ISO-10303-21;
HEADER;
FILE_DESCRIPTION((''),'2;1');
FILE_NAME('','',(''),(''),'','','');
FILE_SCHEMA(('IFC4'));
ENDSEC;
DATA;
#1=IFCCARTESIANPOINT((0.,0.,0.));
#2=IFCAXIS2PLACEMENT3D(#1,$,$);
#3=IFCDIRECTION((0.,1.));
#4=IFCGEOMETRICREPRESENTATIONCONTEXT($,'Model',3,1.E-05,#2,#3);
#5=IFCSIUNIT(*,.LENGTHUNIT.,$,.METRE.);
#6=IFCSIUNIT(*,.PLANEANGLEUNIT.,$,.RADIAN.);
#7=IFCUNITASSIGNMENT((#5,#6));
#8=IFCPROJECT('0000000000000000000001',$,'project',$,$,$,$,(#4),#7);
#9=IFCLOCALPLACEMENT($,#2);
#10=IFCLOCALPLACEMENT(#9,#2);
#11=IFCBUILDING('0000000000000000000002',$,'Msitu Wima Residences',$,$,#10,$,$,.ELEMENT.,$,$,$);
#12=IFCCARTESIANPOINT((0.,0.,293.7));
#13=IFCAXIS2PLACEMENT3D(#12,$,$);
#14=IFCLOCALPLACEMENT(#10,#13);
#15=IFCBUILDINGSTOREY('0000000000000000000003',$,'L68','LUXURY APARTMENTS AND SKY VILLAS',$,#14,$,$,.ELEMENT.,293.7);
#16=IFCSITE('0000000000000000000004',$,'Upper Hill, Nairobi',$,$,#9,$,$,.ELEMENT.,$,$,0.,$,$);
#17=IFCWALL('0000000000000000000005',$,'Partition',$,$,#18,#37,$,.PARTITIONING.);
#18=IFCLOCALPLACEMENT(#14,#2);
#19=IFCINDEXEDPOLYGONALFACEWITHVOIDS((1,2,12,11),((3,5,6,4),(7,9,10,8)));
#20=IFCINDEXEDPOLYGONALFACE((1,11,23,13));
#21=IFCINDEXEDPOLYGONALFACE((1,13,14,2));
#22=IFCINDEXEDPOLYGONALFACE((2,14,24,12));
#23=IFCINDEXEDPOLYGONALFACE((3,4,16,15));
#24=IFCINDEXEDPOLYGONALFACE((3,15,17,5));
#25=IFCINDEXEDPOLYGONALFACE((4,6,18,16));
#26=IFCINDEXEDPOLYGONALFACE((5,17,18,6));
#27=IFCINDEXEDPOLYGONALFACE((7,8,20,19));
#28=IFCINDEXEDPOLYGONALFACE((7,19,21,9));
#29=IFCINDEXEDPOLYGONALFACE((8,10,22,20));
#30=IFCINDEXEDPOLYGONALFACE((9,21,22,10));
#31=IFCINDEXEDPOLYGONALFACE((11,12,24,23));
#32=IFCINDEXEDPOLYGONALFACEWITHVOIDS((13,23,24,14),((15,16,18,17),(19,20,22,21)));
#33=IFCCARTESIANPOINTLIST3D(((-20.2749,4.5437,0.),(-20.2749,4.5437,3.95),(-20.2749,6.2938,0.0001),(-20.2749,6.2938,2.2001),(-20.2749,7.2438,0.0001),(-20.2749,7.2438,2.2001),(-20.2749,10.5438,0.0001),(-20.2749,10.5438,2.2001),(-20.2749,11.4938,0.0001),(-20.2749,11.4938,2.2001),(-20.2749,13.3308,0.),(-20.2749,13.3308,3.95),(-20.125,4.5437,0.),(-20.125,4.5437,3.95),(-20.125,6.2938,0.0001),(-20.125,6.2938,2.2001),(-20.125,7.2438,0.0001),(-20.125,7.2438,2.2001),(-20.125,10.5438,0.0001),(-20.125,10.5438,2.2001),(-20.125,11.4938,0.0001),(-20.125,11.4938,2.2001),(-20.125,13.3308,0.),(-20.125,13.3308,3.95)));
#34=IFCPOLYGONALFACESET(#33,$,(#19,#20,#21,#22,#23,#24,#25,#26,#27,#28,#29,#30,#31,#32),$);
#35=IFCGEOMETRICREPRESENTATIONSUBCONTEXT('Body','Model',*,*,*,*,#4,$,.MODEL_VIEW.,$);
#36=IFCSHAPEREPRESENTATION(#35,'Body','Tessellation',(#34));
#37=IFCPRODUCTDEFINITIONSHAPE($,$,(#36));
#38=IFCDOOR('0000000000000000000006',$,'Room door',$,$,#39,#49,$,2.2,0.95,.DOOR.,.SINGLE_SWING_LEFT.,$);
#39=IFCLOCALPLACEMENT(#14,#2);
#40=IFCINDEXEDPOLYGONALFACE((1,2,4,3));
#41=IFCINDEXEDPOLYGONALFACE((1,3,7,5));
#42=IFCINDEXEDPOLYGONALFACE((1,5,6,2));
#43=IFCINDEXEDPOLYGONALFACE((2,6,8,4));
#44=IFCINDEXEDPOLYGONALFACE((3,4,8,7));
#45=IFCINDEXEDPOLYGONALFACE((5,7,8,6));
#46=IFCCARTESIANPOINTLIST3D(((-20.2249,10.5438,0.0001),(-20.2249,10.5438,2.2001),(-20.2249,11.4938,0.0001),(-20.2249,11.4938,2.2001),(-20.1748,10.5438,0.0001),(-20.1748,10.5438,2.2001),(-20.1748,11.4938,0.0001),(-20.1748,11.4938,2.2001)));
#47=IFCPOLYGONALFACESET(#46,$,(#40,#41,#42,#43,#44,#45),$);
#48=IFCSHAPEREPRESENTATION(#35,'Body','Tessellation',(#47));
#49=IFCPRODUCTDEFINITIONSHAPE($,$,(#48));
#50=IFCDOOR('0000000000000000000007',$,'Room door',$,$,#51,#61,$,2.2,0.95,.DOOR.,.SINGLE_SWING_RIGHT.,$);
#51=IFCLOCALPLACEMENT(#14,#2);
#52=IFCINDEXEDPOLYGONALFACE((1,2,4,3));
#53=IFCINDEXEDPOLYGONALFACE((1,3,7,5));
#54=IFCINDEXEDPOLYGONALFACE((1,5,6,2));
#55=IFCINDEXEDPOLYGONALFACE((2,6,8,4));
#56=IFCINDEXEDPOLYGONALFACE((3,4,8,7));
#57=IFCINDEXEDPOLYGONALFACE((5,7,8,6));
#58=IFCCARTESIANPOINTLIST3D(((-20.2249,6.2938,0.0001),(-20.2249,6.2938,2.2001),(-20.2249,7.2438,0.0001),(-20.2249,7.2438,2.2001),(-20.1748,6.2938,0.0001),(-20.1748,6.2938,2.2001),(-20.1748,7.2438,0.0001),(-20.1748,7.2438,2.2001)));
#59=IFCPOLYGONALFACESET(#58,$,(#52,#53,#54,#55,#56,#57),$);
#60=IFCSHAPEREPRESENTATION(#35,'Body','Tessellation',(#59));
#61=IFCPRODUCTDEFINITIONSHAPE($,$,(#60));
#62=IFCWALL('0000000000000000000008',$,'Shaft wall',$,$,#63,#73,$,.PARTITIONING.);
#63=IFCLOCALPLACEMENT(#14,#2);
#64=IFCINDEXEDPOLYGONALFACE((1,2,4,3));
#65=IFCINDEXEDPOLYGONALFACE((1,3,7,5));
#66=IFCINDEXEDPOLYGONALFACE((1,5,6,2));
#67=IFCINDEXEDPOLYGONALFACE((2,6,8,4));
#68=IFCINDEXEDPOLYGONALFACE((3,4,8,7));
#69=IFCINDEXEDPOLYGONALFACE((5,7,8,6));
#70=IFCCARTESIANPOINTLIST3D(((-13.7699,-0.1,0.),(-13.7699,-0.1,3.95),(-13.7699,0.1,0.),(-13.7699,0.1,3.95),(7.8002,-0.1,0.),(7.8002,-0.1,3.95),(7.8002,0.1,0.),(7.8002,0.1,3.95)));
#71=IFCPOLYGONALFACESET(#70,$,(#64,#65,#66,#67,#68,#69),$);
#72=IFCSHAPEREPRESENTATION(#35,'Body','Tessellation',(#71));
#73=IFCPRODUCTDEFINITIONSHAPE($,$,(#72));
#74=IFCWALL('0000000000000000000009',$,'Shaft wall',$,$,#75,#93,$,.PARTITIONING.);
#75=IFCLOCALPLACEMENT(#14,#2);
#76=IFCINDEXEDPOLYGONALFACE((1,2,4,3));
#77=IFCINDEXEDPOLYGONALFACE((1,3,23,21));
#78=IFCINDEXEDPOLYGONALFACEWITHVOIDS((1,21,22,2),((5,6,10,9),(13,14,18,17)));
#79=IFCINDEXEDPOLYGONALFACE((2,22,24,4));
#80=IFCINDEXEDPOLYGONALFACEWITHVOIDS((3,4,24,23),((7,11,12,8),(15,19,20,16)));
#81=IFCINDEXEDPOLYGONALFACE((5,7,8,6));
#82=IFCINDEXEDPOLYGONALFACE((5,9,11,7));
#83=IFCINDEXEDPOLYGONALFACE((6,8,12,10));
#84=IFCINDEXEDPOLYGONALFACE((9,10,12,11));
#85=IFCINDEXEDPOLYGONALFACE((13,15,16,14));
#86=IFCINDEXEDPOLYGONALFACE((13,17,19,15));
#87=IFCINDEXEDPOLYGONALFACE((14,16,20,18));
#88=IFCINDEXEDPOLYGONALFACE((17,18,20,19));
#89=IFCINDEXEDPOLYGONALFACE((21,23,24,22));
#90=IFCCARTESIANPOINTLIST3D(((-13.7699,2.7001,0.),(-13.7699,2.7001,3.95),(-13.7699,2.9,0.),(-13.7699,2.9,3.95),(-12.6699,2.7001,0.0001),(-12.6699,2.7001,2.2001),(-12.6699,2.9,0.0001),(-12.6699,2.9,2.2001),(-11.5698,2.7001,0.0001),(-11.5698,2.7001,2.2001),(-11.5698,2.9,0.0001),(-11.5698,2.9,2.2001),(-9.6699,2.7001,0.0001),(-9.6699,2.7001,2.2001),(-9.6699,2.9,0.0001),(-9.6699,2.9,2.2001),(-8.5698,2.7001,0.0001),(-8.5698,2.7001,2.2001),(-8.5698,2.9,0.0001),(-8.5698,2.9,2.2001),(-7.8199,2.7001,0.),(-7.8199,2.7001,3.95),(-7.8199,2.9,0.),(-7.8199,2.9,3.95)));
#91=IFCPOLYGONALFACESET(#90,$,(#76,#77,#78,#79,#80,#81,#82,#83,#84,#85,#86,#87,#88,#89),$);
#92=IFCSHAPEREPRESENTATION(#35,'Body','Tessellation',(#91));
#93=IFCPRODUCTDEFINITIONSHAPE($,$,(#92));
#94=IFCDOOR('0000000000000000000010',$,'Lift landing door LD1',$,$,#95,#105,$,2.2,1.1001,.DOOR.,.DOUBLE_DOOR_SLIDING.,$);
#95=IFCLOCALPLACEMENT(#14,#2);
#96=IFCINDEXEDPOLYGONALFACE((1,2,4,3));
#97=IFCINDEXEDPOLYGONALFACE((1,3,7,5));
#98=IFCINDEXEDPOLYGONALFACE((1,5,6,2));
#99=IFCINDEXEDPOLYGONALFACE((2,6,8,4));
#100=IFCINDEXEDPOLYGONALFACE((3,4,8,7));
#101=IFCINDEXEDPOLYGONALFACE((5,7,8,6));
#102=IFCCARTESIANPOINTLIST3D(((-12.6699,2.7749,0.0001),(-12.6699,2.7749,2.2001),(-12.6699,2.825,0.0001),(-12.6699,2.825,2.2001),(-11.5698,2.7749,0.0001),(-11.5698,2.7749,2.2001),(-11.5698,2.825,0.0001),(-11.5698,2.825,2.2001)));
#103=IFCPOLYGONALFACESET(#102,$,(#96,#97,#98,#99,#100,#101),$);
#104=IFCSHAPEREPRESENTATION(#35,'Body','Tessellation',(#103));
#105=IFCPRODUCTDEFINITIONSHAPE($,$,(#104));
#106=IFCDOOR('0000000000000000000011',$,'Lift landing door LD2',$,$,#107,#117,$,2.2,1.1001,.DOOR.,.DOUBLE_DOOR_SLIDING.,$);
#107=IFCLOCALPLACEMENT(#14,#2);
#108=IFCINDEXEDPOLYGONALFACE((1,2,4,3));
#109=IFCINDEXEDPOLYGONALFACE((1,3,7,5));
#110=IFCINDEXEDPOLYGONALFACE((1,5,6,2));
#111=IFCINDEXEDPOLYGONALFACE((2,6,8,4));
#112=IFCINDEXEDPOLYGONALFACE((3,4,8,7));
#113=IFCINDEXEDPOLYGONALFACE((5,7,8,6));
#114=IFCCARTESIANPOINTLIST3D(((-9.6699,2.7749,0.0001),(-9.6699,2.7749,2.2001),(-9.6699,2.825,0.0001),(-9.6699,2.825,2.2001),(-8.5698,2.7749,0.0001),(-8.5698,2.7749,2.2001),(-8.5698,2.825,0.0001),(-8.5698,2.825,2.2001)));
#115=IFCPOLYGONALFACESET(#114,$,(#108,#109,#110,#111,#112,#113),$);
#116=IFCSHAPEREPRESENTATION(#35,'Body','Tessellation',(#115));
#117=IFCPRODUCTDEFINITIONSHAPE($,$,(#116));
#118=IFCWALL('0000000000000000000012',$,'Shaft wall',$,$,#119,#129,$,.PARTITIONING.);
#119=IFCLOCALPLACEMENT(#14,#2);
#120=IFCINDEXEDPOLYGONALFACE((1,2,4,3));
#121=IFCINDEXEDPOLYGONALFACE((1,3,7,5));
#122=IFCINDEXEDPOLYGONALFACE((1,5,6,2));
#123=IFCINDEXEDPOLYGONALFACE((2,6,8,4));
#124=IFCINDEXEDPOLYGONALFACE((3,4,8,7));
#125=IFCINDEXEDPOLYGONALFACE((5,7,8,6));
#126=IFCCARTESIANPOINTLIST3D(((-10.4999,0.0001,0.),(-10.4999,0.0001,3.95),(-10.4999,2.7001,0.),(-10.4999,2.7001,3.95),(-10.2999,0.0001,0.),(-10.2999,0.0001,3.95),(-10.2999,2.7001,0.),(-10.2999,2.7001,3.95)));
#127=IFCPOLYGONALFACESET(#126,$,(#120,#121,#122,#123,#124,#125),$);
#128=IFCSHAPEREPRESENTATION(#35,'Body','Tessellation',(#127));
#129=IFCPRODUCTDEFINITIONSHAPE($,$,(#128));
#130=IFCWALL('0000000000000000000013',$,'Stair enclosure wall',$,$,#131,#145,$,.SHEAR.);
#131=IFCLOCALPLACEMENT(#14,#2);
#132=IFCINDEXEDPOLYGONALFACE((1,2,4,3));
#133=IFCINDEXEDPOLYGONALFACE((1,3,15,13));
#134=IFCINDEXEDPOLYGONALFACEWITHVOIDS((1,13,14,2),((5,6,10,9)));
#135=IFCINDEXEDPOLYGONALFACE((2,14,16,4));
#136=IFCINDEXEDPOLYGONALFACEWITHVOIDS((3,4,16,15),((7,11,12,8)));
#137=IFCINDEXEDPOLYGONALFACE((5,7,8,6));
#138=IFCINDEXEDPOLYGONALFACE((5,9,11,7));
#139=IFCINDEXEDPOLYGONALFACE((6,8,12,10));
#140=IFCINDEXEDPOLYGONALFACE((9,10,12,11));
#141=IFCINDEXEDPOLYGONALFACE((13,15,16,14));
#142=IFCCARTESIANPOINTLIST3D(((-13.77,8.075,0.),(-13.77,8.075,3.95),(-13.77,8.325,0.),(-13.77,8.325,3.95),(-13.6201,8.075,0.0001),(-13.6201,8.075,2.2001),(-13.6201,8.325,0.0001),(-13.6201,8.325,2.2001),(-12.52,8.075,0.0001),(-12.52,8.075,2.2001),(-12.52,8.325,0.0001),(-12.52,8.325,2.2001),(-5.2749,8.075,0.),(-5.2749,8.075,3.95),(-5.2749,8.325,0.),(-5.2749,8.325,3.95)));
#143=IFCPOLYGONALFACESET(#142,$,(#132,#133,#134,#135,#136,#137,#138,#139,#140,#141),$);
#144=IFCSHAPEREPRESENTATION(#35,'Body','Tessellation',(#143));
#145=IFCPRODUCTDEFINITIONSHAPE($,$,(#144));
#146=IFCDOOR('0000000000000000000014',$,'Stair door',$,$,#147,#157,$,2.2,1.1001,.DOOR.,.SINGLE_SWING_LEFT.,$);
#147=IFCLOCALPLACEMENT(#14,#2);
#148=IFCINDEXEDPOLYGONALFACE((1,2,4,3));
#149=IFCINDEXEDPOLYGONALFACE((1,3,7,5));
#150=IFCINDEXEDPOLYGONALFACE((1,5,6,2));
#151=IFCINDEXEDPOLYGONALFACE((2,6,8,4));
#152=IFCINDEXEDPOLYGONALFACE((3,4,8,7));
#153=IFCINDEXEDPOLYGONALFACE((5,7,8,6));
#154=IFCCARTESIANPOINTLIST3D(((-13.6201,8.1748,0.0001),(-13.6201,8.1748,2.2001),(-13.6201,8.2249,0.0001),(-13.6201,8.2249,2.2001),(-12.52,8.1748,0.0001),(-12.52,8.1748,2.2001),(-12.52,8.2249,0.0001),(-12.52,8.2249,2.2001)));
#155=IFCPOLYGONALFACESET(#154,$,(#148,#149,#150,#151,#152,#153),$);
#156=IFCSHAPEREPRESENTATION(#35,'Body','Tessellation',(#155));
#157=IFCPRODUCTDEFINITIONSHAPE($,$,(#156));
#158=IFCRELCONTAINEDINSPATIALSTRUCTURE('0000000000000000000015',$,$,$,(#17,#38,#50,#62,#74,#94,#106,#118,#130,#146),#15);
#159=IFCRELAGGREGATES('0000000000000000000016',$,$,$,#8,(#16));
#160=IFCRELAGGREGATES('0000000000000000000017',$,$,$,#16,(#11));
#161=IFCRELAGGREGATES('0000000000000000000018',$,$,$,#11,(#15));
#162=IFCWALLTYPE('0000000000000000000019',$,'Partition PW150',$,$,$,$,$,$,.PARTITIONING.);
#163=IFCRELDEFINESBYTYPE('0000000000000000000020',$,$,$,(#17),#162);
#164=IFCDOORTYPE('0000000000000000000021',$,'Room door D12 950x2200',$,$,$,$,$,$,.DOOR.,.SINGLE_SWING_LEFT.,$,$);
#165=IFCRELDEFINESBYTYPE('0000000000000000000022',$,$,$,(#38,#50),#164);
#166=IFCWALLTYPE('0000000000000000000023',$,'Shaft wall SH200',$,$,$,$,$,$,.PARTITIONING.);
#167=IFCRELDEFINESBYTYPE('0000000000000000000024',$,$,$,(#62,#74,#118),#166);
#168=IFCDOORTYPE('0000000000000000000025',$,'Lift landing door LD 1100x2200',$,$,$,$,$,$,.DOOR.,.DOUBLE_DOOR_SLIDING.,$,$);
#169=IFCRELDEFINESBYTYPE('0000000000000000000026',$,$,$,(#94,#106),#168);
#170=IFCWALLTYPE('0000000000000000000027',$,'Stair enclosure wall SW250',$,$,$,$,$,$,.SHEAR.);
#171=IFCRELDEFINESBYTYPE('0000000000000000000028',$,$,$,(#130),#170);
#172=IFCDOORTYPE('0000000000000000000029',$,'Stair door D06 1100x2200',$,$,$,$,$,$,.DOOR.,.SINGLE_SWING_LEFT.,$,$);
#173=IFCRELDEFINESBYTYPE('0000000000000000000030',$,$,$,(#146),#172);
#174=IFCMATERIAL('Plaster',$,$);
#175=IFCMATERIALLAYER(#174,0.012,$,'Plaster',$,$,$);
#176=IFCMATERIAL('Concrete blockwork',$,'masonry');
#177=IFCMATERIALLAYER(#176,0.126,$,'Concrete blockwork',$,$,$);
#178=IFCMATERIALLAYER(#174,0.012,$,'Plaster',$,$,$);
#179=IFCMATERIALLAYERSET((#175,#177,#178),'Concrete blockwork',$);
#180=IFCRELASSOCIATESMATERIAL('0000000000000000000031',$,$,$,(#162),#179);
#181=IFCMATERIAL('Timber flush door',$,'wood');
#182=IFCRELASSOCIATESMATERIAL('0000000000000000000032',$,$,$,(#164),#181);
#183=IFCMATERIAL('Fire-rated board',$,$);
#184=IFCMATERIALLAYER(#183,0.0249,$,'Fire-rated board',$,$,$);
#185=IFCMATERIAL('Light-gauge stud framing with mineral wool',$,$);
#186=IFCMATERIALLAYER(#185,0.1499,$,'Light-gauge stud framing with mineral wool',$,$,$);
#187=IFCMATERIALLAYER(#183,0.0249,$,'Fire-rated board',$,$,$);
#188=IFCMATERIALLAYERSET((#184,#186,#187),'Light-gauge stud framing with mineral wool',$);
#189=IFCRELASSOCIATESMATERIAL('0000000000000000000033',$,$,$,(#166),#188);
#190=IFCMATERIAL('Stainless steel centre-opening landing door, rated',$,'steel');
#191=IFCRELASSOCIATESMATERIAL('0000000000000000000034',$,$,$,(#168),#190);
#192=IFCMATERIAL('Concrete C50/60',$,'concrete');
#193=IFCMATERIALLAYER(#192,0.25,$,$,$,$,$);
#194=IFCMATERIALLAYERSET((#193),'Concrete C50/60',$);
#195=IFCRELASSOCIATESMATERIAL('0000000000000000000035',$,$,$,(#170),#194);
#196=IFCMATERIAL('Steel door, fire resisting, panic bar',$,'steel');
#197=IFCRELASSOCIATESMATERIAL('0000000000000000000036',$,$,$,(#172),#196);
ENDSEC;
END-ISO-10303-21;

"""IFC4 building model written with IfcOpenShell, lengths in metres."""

from ifc_helpers import new_model, si_unit, direction, frame, frame_2d, origin, place, context, subcontext, project, spatial, rectangle, extrude, material, layer, layer_set, type_object, element, fill, save


model = new_model("IFC4")

# Units and contexts
model_context = context("Model", 3, precision=1e-05, world=origin(), true_north=direction((0.0, 1.0)))
body_context = subcontext(model_context, "Body", "Model", "MODEL_VIEW")
ifc_project = project(units=[si_unit("LENGTHUNIT", "METRE"), si_unit("PLANEANGLEUNIT", "RADIAN")], contexts=[model_context])

# Site, building, storey
site_placement = place(None, origin())
site = spatial("IfcSite", under=ifc_project, at=site_placement, Name="Upper Hill, Nairobi", CompositionType="ELEMENT", RefElevation=0.0)
building_placement = place(site_placement, origin())
building = spatial("IfcBuilding", under=site, at=building_placement, Name="Msitu Wima Residences", CompositionType="ELEMENT")
storey_placement = place(building_placement, frame((0.0, 0.0, 293.7)))
storey = spatial("IfcBuildingStorey", under=building, at=storey_placement, Name="L68", Description="LUXURY APARTMENTS AND SKY VILLAS", CompositionType="ELEMENT", Elevation=293.7)

# Shared definitions
ifc_material_1 = material(Name="Concrete C50/60", Category="concrete")

# Shared definitions
ifc_material_2 = material(Name="Plaster")
ifc_layer_1 = layer(ifc_material_2, 0.012, Name="Plaster")
ifc_material_3 = material(Name="Concrete blockwork", Category="masonry")
ifc_layer_2 = layer(ifc_material_3, 0.126, Name="Concrete blockwork")
ifc_layer_3 = layer(ifc_material_2, 0.012, Name="Plaster")
ifc_layer_set_1 = layer_set([ifc_layer_1, ifc_layer_2, ifc_layer_3], Name="Concrete blockwork")
wall_type_1 = type_object("IfcWallType", Name="Partition PW150", PredefinedType="PARTITIONING", material=ifc_layer_set_1)

# Shared definitions
ifc_material_4 = material(Name="Timber flush door", Category="wood")
door_type_1 = type_object("IfcDoorType", Name="Room door D12 950x2200", OperationType="SINGLE_SWING_LEFT", PredefinedType="DOOR", material=ifc_material_4)

# Wall, openings, doors
wall_1_placement = place(storey_placement, frame((-20.2, 4.5437, 0.0), z_axis=(0.0, 0.0, 1.0), x_axis=(0.0, 1.0, 0.0)))
wall_1 = element("IfcWall", 1, at=wall_1_placement, inside=storey, type_object=wall_type_1, Name="Partition", PredefinedType="PARTITIONING", context=body_context, shape_type="SweptSolid", body=[
    extrude(rectangle(XDim=8.7871, YDim=0.1499, at=frame_2d((4.3936, 0.0))), origin(), (0.0, 0.0, 1.0), 3.95),
])
opening_1_placement = place(wall_1_placement, frame((6.0, 0.0, 0.0)))
opening_1 = element("IfcOpeningElement", 2, at=opening_1_placement, cuts=wall_1, PredefinedType="OPENING", context=body_context, shape_type="SweptSolid", body=[
    extrude(rectangle(XDim=0.95, YDim=2.2, at=frame_2d((0.4751, 1.1001))), frame((0.0, 0.085, 0.0), z_axis=(0.0, -1.0, 0.0), x_axis=(1.0, 0.0, 0.0)), (0.0, 0.0, 1.0), 0.1699),
])
opening_2_placement = place(wall_1_placement, frame((1.75, 0.0, 0.0)))
opening_2 = element("IfcOpeningElement", 3, at=opening_2_placement, cuts=wall_1, PredefinedType="OPENING", context=body_context, shape_type="SweptSolid", body=[
    extrude(rectangle(XDim=0.95, YDim=2.2, at=frame_2d((0.4751, 1.1001))), frame((0.0, 0.085, 0.0), z_axis=(0.0, -1.0, 0.0), x_axis=(1.0, 0.0, 0.0)), (0.0, 0.0, 1.0), 0.1699),
])
door_1_placement = place(opening_1_placement, origin())
door_1 = element("IfcDoor", 4, at=door_1_placement, inside=storey, type_object=door_type_1, Name="Room door", OperationType="SINGLE_SWING_LEFT", OverallHeight=2.2, OverallWidth=0.95, PredefinedType="DOOR", context=body_context, shape_type="SweptSolid", body=[
    extrude(rectangle(XDim=0.95, YDim=2.2, at=frame_2d((0.4751, 1.1001))), frame((0.0, 0.0249, 0.0), z_axis=(0.0, -1.0, 0.0), x_axis=(1.0, 0.0, 0.0)), (0.0, 0.0, 1.0), 0.05),
])
fill(opening_1, door_1)
door_2_placement = place(opening_2_placement, origin())
door_2 = element("IfcDoor", 5, at=door_2_placement, inside=storey, type_object=door_type_1, Name="Room door", OperationType="SINGLE_SWING_RIGHT", OverallHeight=2.2, OverallWidth=0.95, PredefinedType="DOOR", context=body_context, shape_type="SweptSolid", body=[
    extrude(rectangle(XDim=0.95, YDim=2.2, at=frame_2d((0.4751, 1.1001))), frame((0.0, 0.0249, 0.0), z_axis=(0.0, -1.0, 0.0), x_axis=(1.0, 0.0, 0.0)), (0.0, 0.0, 1.0), 0.05),
])
fill(opening_2, door_2)

# Wall
ifc_material_5 = material(Name="Fire-rated board")
ifc_layer_4 = layer(ifc_material_5, 0.0249, Name="Fire-rated board")
ifc_material_6 = material(Name="Light-gauge stud framing with mineral wool")
ifc_layer_5 = layer(ifc_material_6, 0.1499, Name="Light-gauge stud framing with mineral wool")
ifc_layer_6 = layer(ifc_material_5, 0.0249, Name="Fire-rated board")
ifc_layer_set_2 = layer_set([ifc_layer_4, ifc_layer_5, ifc_layer_6], Name="Light-gauge stud framing with mineral wool")
wall_type_2 = type_object("IfcWallType", Name="Shaft wall SH200", PredefinedType="PARTITIONING", material=ifc_layer_set_2)
wall_2_placement = place(storey_placement, frame((-13.77, 0.0, 0.0), z_axis=(0.0, 0.0, 1.0), x_axis=(1.0, 0.0, 0.0)))
element("IfcWall", 6, at=wall_2_placement, inside=storey, type_object=wall_type_2, Name="Shaft wall", PredefinedType="PARTITIONING", context=body_context, shape_type="SweptSolid", body=[
    extrude(rectangle(XDim=21.5701, YDim=0.2, at=frame_2d((10.7852, 0.0))), origin(), (0.0, 0.0, 1.0), 3.95),
])

# Wall, openings, doors
wall_3_placement = place(storey_placement, frame((-13.77, 2.8, 0.0), z_axis=(0.0, 0.0, 1.0), x_axis=(1.0, 0.0, 0.0)))
wall_3 = element("IfcWall", 7, at=wall_3_placement, inside=storey, type_object=wall_type_2, Name="Shaft wall", PredefinedType="PARTITIONING", context=body_context, shape_type="SweptSolid", body=[
    extrude(rectangle(XDim=5.95, YDim=0.2, at=frame_2d((2.9751, 0.0))), origin(), (0.0, 0.0, 1.0), 3.95),
])
opening_3_placement = place(wall_3_placement, frame((1.1001, 0.0, 0.0)))
opening_3 = element("IfcOpeningElement", 8, at=opening_3_placement, cuts=wall_3, PredefinedType="OPENING", context=body_context, shape_type="SweptSolid", body=[
    extrude(rectangle(XDim=1.1001, YDim=2.2, at=frame_2d((0.55, 1.1001))), frame((0.0, 0.1099, 0.0), z_axis=(0.0, -1.0, 0.0), x_axis=(1.0, 0.0, 0.0)), (0.0, 0.0, 1.0), 0.22),
])
opening_4_placement = place(wall_3_placement, frame((4.1001, 0.0, 0.0)))
opening_4 = element("IfcOpeningElement", 9, at=opening_4_placement, cuts=wall_3, PredefinedType="OPENING", context=body_context, shape_type="SweptSolid", body=[
    extrude(rectangle(XDim=1.1001, YDim=2.2, at=frame_2d((0.55, 1.1001))), frame((0.0, 0.1099, 0.0), z_axis=(0.0, -1.0, 0.0), x_axis=(1.0, 0.0, 0.0)), (0.0, 0.0, 1.0), 0.22),
])
ifc_material_7 = material(Name="Stainless steel centre-opening landing door, rated", Category="steel")
door_type_2 = type_object("IfcDoorType", Name="Lift landing door LD 1100x2200", OperationType="DOUBLE_DOOR_SLIDING", PredefinedType="DOOR", material=ifc_material_7)
door_3_placement = place(opening_3_placement, origin())
door_3 = element("IfcDoor", 10, at=door_3_placement, inside=storey, type_object=door_type_2, Name="Lift landing door LD1", OperationType="DOUBLE_DOOR_SLIDING", OverallHeight=2.2, OverallWidth=1.1001, PredefinedType="DOOR", context=body_context, shape_type="SweptSolid", body=[
    extrude(rectangle(XDim=1.1001, YDim=2.2, at=frame_2d((0.55, 1.1001))), frame((0.0, 0.0249, 0.0), z_axis=(0.0, -1.0, 0.0), x_axis=(1.0, 0.0, 0.0)), (0.0, 0.0, 1.0), 0.05),
])
fill(opening_3, door_3)
door_4_placement = place(opening_4_placement, origin())
door_4 = element("IfcDoor", 11, at=door_4_placement, inside=storey, type_object=door_type_2, Name="Lift landing door LD2", OperationType="DOUBLE_DOOR_SLIDING", OverallHeight=2.2, OverallWidth=1.1001, PredefinedType="DOOR", context=body_context, shape_type="SweptSolid", body=[
    extrude(rectangle(XDim=1.1001, YDim=2.2, at=frame_2d((0.55, 1.1001))), frame((0.0, 0.0249, 0.0), z_axis=(0.0, -1.0, 0.0), x_axis=(1.0, 0.0, 0.0)), (0.0, 0.0, 1.0), 0.05),
])
fill(opening_4, door_4)

# Wall
wall_4_placement = place(storey_placement, frame((-10.3999, 0.0, 0.0), z_axis=(0.0, 0.0, 1.0), x_axis=(0.0, 1.0, 0.0)))
element("IfcWall", 12, at=wall_4_placement, inside=storey, type_object=wall_type_2, Name="Shaft wall", PredefinedType="PARTITIONING", context=body_context, shape_type="SweptSolid", body=[
    extrude(rectangle(XDim=2.7, YDim=0.2, at=frame_2d((1.3501, 0.0))), origin(), (0.0, 0.0, 1.0), 3.95),
])

# Wall, opening, door
ifc_layer_7 = layer(ifc_material_1, 0.25)
ifc_layer_set_3 = layer_set([ifc_layer_7], Name="Concrete C50/60")
wall_type_3 = type_object("IfcWallType", Name="Stair enclosure wall SW250", PredefinedType="SHEAR", material=ifc_layer_set_3)
wall_5_placement = place(storey_placement, frame((-13.77, 8.2, 0.0), z_axis=(0.0, 0.0, 1.0), x_axis=(1.0, 0.0, 0.0)))
wall_5 = element("IfcWall", 13, at=wall_5_placement, inside=storey, type_object=wall_type_3, Name="Stair enclosure wall", PredefinedType="SHEAR", context=body_context, shape_type="SweptSolid", body=[
    extrude(rectangle(XDim=8.4951, YDim=0.25, at=frame_2d((4.2476, 0.0))), origin(), (0.0, 0.0, 1.0), 3.95),
])
opening_5_placement = place(wall_5_placement, frame((0.1499, 0.0, 0.0)))
opening_5 = element("IfcOpeningElement", 14, at=opening_5_placement, cuts=wall_5, PredefinedType="OPENING", context=body_context, shape_type="SweptSolid", body=[
    extrude(rectangle(XDim=1.1001, YDim=2.2, at=frame_2d((0.55, 1.1001))), frame((0.0, 0.135, 0.0), z_axis=(0.0, -1.0, 0.0), x_axis=(1.0, 0.0, 0.0)), (0.0, 0.0, 1.0), 0.27),
])
ifc_material_8 = material(Name="Steel door, fire resisting, panic bar", Category="steel")
door_type_3 = type_object("IfcDoorType", Name="Stair door D06 1100x2200", OperationType="SINGLE_SWING_LEFT", PredefinedType="DOOR", material=ifc_material_8)
door_5_placement = place(opening_5_placement, origin())
door_5 = element("IfcDoor", 15, at=door_5_placement, inside=storey, type_object=door_type_3, Name="Stair door", OperationType="SINGLE_SWING_LEFT", OverallHeight=2.2, OverallWidth=1.1001, PredefinedType="DOOR", context=body_context, shape_type="SweptSolid", body=[
    extrude(rectangle(XDim=1.1001, YDim=2.2, at=frame_2d((0.55, 1.1001))), frame((0.0, 0.0249, 0.0), z_axis=(0.0, -1.0, 0.0), x_axis=(1.0, 0.0, 0.0)), (0.0, 0.0, 1.0), 0.05),
])
fill(opening_5, door_5)

save(model, "model.ifc")
